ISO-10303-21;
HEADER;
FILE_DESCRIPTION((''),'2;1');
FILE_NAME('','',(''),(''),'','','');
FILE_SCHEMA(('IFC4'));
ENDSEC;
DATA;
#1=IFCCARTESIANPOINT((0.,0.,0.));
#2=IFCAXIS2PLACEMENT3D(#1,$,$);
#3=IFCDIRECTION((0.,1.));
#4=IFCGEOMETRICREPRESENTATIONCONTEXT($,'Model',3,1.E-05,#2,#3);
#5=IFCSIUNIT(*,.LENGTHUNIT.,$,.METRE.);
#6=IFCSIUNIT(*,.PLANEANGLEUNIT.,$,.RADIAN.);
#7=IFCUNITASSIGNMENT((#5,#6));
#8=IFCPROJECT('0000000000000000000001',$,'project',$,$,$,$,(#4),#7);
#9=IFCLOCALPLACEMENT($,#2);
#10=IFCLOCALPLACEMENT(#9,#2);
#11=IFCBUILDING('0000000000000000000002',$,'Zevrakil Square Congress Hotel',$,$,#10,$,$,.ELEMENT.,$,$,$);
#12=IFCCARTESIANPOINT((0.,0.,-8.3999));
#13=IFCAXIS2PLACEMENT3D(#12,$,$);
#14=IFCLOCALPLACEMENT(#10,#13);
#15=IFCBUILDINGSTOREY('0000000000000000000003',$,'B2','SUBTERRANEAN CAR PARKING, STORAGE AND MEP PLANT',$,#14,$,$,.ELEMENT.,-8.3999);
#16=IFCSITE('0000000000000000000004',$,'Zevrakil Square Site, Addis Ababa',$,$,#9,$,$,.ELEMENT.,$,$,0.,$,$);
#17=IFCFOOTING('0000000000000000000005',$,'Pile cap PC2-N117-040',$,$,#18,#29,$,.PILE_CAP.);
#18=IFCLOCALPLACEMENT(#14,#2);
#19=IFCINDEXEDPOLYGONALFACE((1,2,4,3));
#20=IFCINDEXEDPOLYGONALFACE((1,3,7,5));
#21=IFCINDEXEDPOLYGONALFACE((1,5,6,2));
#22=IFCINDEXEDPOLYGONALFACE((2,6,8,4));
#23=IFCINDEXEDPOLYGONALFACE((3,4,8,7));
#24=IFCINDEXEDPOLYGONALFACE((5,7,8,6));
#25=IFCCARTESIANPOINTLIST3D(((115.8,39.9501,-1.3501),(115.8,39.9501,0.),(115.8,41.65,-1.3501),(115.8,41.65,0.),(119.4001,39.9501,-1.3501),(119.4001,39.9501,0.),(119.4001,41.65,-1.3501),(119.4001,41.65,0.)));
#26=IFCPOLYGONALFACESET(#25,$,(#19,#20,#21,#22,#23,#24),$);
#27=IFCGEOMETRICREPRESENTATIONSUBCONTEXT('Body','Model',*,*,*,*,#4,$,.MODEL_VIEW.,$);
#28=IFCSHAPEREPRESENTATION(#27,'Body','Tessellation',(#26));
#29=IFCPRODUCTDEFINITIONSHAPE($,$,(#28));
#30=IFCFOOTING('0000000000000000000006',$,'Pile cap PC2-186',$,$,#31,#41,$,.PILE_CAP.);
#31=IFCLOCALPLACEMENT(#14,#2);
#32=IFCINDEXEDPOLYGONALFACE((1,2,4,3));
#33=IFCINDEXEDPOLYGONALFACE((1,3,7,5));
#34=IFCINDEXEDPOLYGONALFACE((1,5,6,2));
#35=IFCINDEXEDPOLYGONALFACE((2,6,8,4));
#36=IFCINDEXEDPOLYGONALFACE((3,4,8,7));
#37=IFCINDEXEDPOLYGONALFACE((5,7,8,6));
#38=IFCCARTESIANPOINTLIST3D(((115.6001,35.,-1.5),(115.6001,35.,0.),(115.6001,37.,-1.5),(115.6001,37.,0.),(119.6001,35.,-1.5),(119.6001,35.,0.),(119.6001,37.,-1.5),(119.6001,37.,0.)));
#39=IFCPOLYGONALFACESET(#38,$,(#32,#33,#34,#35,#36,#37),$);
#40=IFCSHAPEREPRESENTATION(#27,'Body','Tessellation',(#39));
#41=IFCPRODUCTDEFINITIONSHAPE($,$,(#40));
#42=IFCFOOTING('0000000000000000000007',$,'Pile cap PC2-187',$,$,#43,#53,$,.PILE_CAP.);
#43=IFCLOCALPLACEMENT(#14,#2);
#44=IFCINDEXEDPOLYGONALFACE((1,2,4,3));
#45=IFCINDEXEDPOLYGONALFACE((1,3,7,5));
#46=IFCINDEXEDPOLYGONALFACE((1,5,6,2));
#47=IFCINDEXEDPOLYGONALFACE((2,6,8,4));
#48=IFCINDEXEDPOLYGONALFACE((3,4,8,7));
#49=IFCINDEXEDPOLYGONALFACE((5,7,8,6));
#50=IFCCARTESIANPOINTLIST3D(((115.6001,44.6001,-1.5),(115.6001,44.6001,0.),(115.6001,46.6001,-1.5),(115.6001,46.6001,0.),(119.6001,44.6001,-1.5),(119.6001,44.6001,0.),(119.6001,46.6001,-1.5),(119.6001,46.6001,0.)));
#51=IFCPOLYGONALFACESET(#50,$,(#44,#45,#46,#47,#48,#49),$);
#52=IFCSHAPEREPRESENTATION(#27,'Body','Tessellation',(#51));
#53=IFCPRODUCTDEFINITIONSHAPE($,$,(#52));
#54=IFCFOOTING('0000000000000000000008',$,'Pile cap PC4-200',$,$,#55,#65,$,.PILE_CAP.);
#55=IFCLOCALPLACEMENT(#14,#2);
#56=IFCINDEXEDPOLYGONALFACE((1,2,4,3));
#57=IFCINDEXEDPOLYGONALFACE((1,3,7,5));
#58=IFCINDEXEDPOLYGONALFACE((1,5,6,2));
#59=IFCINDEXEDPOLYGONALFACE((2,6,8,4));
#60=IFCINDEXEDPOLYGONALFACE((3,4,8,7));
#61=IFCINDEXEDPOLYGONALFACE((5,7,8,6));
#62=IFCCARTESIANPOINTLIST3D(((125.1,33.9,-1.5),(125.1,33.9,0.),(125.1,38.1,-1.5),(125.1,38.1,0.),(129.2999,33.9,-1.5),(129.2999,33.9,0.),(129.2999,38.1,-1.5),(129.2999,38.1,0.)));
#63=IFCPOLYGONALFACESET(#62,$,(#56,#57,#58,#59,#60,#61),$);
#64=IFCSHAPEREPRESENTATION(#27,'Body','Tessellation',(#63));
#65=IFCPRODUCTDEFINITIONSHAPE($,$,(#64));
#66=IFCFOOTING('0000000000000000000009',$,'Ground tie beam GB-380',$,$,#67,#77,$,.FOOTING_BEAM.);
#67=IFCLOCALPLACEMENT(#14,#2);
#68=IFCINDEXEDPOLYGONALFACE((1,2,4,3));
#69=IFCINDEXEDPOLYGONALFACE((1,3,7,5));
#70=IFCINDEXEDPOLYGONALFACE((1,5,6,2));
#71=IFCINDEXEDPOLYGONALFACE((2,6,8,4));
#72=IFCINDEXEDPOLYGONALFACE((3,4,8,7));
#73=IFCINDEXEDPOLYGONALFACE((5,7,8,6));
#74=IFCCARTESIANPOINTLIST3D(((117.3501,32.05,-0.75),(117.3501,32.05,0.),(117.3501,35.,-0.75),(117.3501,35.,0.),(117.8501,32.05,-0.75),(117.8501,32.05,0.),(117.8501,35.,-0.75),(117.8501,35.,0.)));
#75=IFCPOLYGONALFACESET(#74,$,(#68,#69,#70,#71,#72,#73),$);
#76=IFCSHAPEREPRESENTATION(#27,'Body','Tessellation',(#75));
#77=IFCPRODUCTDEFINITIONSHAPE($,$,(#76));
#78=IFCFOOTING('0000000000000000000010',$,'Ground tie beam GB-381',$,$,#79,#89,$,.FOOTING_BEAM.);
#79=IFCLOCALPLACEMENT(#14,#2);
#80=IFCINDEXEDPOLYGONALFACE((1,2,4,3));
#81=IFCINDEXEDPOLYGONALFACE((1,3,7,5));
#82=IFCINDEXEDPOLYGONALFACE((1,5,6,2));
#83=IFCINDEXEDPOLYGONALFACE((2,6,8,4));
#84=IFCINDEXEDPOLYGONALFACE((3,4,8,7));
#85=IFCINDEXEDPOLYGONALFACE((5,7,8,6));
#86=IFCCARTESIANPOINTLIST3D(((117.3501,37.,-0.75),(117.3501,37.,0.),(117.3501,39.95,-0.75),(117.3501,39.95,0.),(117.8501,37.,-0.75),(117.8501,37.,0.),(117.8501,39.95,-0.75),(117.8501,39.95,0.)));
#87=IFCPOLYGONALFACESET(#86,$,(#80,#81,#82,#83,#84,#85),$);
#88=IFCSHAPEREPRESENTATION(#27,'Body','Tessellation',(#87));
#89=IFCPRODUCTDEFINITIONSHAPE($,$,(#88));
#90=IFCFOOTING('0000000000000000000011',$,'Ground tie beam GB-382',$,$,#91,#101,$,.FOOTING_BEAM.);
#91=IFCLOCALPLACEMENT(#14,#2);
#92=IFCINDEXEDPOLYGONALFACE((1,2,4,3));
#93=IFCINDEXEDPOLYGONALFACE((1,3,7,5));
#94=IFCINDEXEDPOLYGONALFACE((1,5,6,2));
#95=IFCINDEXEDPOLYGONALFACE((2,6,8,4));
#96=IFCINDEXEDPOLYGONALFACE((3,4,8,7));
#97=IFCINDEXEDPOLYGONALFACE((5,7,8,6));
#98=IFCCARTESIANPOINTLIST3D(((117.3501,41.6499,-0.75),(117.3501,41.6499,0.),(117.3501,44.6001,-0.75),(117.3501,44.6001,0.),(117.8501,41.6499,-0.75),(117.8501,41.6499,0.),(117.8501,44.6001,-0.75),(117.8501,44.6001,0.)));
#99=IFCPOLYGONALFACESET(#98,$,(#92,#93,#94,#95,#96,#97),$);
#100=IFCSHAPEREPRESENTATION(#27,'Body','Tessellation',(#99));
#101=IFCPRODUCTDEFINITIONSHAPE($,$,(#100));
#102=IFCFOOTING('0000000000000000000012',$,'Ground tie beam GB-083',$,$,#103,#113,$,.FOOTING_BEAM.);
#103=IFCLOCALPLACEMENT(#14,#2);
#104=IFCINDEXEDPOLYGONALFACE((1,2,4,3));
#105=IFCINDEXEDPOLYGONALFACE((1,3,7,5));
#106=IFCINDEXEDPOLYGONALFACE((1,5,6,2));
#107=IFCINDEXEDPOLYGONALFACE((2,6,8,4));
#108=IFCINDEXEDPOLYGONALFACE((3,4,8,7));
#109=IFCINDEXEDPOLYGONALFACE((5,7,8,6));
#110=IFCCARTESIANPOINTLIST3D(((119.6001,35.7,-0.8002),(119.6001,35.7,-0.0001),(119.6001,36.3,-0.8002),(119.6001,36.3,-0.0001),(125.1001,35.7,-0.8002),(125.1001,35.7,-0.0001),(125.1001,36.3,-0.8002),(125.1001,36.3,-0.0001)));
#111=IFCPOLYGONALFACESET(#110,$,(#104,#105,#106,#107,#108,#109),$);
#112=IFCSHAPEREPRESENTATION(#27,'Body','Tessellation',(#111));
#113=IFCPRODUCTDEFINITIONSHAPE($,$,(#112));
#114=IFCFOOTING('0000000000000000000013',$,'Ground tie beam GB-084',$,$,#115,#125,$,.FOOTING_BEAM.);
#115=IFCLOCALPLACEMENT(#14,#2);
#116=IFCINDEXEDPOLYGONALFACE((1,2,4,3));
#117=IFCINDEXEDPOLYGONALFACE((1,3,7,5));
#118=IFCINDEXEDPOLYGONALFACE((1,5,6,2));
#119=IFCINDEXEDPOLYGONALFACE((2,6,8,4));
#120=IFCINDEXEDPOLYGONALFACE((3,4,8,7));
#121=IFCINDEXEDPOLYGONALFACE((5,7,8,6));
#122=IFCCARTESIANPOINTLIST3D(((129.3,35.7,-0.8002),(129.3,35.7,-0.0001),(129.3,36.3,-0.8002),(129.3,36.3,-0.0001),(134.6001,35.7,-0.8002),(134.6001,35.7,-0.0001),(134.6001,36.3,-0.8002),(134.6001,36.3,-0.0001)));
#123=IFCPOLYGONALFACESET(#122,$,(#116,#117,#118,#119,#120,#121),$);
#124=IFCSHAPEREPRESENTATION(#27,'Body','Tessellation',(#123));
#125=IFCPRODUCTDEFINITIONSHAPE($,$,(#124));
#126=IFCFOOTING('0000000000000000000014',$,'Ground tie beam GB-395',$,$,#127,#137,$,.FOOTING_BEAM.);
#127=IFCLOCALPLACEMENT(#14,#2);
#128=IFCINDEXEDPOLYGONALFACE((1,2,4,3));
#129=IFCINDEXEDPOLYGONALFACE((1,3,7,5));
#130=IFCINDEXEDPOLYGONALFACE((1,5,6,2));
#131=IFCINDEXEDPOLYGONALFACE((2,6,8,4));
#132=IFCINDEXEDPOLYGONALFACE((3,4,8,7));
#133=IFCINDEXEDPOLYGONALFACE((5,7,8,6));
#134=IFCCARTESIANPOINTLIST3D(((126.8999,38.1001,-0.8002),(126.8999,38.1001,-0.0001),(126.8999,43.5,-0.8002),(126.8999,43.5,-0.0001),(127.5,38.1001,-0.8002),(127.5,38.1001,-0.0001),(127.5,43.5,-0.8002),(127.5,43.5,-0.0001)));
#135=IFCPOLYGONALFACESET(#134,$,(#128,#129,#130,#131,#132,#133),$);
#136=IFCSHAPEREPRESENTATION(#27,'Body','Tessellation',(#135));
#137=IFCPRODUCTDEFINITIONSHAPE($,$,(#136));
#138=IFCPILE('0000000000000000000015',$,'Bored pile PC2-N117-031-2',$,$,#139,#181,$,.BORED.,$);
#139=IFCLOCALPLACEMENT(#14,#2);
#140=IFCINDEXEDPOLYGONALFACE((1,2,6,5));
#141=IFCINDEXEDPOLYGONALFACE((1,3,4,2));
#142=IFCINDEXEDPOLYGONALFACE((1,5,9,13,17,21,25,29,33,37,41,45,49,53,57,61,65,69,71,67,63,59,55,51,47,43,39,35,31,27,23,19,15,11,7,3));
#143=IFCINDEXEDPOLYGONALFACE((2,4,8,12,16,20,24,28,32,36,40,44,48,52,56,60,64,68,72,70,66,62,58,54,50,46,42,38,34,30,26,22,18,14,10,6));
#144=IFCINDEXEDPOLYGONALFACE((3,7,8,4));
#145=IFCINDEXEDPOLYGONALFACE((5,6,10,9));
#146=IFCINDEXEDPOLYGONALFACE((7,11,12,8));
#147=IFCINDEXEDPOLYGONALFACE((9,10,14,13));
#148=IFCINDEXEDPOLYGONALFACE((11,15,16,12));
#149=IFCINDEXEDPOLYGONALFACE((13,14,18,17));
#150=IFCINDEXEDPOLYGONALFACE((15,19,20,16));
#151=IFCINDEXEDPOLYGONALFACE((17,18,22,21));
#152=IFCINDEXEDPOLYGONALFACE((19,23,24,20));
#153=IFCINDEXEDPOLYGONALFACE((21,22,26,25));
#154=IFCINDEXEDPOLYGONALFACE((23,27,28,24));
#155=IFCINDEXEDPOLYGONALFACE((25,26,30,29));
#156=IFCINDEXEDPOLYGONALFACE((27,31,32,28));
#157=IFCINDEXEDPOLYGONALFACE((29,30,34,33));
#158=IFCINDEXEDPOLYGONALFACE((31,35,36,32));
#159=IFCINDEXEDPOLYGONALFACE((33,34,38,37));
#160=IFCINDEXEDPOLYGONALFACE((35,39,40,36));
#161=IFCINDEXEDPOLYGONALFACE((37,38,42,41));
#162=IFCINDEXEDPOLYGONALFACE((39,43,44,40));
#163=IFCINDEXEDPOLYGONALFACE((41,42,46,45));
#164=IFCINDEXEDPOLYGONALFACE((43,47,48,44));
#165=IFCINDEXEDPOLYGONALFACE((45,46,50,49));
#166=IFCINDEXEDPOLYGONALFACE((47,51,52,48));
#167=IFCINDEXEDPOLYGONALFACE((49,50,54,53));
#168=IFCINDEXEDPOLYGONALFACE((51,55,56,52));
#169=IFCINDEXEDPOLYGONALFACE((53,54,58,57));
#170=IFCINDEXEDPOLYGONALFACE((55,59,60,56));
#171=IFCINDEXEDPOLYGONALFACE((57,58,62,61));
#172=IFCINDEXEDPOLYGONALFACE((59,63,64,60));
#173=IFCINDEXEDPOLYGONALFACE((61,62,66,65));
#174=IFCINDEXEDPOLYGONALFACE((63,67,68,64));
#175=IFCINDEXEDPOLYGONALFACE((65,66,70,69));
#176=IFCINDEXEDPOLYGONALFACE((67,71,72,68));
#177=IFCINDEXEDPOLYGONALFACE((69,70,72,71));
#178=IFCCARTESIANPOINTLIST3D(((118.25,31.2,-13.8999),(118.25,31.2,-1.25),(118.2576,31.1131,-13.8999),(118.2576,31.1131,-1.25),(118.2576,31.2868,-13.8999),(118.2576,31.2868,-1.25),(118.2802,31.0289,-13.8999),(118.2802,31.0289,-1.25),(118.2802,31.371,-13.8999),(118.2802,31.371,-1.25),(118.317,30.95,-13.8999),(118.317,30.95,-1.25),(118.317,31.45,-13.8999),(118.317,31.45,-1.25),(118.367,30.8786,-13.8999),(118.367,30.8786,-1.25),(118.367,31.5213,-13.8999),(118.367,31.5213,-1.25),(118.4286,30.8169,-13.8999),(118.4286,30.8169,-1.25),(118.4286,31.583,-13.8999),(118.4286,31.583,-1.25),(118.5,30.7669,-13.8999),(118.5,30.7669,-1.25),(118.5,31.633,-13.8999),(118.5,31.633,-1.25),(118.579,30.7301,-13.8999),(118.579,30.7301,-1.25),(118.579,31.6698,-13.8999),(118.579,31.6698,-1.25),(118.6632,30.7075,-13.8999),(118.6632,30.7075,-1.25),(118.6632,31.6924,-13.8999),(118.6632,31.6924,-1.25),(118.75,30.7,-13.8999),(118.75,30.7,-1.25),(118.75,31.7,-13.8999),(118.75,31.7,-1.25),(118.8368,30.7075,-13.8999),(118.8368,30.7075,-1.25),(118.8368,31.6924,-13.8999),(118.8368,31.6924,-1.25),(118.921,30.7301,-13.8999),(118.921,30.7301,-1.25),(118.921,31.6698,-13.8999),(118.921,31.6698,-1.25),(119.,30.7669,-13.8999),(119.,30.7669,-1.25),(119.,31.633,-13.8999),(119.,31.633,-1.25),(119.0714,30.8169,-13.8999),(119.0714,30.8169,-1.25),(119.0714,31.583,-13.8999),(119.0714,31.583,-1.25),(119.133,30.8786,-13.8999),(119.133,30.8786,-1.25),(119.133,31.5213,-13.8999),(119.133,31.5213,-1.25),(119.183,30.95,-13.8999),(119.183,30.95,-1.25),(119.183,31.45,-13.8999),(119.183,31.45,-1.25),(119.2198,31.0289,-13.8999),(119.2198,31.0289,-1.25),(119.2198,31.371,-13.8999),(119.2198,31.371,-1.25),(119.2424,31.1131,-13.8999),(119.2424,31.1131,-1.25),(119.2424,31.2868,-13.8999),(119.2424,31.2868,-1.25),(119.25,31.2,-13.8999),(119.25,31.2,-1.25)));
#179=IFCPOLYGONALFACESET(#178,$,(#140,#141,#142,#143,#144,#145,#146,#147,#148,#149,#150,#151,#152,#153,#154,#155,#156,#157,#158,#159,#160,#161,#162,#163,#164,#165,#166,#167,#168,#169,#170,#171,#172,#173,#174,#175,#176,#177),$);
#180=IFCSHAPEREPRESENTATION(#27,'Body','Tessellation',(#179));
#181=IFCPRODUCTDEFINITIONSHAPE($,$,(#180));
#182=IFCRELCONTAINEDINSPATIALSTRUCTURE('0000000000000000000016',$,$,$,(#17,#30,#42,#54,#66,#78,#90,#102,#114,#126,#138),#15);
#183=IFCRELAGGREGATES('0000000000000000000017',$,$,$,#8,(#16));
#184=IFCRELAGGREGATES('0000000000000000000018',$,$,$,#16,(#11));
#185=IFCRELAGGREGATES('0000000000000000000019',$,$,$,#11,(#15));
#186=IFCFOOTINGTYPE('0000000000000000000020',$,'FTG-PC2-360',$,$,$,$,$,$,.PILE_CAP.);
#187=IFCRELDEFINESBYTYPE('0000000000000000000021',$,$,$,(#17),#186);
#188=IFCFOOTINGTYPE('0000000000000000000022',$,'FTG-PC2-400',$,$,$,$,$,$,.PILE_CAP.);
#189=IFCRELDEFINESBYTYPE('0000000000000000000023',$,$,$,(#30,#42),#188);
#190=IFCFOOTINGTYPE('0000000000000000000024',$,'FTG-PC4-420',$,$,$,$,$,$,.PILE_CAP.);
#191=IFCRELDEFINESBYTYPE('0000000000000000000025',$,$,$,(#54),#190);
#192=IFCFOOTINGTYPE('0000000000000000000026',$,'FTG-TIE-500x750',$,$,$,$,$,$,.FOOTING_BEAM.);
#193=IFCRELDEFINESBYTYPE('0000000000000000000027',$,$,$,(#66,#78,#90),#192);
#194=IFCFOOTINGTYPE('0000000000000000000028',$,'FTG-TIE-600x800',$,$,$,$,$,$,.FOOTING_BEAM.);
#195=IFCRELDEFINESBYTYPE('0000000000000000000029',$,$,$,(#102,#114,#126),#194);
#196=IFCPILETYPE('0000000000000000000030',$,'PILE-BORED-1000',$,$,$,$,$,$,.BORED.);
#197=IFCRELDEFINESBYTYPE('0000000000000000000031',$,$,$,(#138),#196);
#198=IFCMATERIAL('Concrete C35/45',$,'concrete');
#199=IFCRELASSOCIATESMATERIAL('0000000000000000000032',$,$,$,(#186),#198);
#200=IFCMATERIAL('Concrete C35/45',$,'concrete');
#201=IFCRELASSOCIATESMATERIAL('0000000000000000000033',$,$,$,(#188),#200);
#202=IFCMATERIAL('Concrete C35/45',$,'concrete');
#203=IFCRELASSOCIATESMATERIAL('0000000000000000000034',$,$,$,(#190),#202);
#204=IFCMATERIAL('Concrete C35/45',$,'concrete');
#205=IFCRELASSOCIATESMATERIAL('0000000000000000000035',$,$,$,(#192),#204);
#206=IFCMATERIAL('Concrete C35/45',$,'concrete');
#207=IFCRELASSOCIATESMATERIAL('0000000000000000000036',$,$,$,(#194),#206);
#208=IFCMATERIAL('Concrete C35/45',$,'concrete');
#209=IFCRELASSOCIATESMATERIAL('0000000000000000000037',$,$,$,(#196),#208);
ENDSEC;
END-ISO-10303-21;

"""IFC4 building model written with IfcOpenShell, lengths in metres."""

from ifc_helpers import new_model, si_unit, direction, frame, origin, origin_2d, place, context, subcontext, project, spatial, rectangle, circle, extrude, material, material_profile, profile_set, type_object, element, save


model = new_model("IFC4")

# Units and contexts
model_context = context("Model", 3, precision=1e-05, world=origin(), true_north=direction((0.0, 1.0)))
body_context = subcontext(model_context, "Body", "Model", "MODEL_VIEW")
ifc_project = project(units=[si_unit("LENGTHUNIT", "METRE"), si_unit("PLANEANGLEUNIT", "RADIAN")], contexts=[model_context])

# Site, building, storey
site_placement = place(None, origin())
site = spatial("IfcSite", under=ifc_project, at=site_placement, Name="Zevrakil Square Site, Addis Ababa", CompositionType="ELEMENT", RefElevation=0.0)
building_placement = place(site_placement, origin())
building = spatial("IfcBuilding", under=site, at=building_placement, Name="Zevrakil Square Congress Hotel", CompositionType="ELEMENT")
storey_placement = place(building_placement, frame((0.0, 0.0, -8.3999)))
storey = spatial("IfcBuildingStorey", under=building, at=storey_placement, Name="B2", Description="SUBTERRANEAN CAR PARKING, STORAGE AND MEP PLANT", CompositionType="ELEMENT", Elevation=-8.3999)

# Footings
ifc_material_1 = material(Name="Concrete C35/45", Category="concrete")
footing_type_1 = type_object("IfcFootingType", Name="FTG-PC2-360", PredefinedType="PILE_CAP", material=ifc_material_1)
footing_1_placement = place(storey_placement, frame((117.6001, 40.8, -1.3501), z_axis=(0.0, 0.0, 1.0), x_axis=(1.0, 0.0, 0.0)))
element("IfcFooting", 1, at=footing_1_placement, inside=storey, type_object=footing_type_1, Name="Pile cap PC2-N117-040", PredefinedType="PILE_CAP", context=body_context, shape_type="SweptSolid", body=[
    extrude(rectangle(XDim=3.6001, YDim=1.7, at=origin_2d()), origin(), (0.0, 0.0, 1.0), 1.3501),
])
ifc_material_2 = material(Name="Concrete C35/45", Category="concrete")
footing_type_2 = type_object("IfcFootingType", Name="FTG-PC2-400", PredefinedType="PILE_CAP", material=ifc_material_2)
for number, where, z_axis, x_axis, name in (
    (2, (117.6001, 36.0, -1.5), (0.0, 0.0, 1.0), (1.0, 0.0, 0.0), "Pile cap PC2-186"),
    (3, (117.6001, 45.6001, -1.5), (0.0, 0.0, 1.0), (1.0, 0.0, 0.0), "Pile cap PC2-187"),
):
    element("IfcFooting", number, at=place(storey_placement, frame(where, z_axis=z_axis, x_axis=x_axis)), inside=storey, type_object=footing_type_2, Name=name, PredefinedType="PILE_CAP", context=body_context, shape_type="SweptSolid", body=[
        extrude(rectangle(XDim=4.0, YDim=2.0, at=origin_2d()), origin(), (0.0, 0.0, 1.0), 1.5),
    ])
ifc_material_3 = material(Name="Concrete C35/45", Category="concrete")
footing_type_3 = type_object("IfcFootingType", Name="FTG-PC4-420", PredefinedType="PILE_CAP", material=ifc_material_3)
footing_2_placement = place(storey_placement, frame((127.2, 36.0, -1.5), z_axis=(0.0, 0.0, 1.0), x_axis=(1.0, 0.0, 0.0)))
element("IfcFooting", 4, at=footing_2_placement, inside=storey, type_object=footing_type_3, Name="Pile cap PC4-200", PredefinedType="PILE_CAP", context=body_context, shape_type="SweptSolid", body=[
    extrude(rectangle(XDim=4.2, YDim=4.2, at=origin_2d()), origin(), (0.0, 0.0, 1.0), 1.5),
])
ifc_material_4 = material(Name="Concrete C35/45", Category="concrete")
ifc_material_profile_1 = material_profile(ifc_material_4, rectangle(XDim=0.5, YDim=0.75, at=origin_2d()), Name="RC 500x750")
ifc_profile_set_1 = profile_set([ifc_material_profile_1], Name="Concrete C35/45")
footing_type_4 = type_object("IfcFootingType", Name="FTG-TIE-500x750", PredefinedType="FOOTING_BEAM", material=ifc_profile_set_1)
for number, where, z_axis, x_axis, name in (
    (5, (117.6001, 32.05, -0.375), (0.0, 1.0, 0.0), (-1.0, 0.0, 0.0), "Ground tie beam GB-380"),
    (6, (117.6001, 37.0, -0.375), (0.0, 1.0, 0.0), (-1.0, 0.0, 0.0), "Ground tie beam GB-381"),
):
    element("IfcFooting", number, at=place(storey_placement, frame(where, z_axis=z_axis, x_axis=x_axis)), inside=storey, type_object=footing_type_4, Name=name, PredefinedType="FOOTING_BEAM", context=body_context, shape_type="SweptSolid", body=[
        extrude(rectangle(XDim=0.5, YDim=0.75, at=origin_2d()), origin(), (0.0, 0.0, 1.0), 2.95),
    ])
footing_3_placement = place(storey_placement, frame((117.6001, 41.6499, -0.375), z_axis=(0.0, 1.0, 0.0), x_axis=(-1.0, 0.0, 0.0)))
element("IfcFooting", 7, at=footing_3_placement, inside=storey, type_object=footing_type_4, Name="Ground tie beam GB-382", PredefinedType="FOOTING_BEAM", context=body_context, shape_type="SweptSolid", body=[
    extrude(rectangle(XDim=0.5, YDim=0.75, at=origin_2d()), origin(), (0.0, 0.0, 1.0), 2.9502),
])
ifc_material_5 = material(Name="Concrete C35/45", Category="concrete")
ifc_material_profile_2 = material_profile(ifc_material_5, rectangle(XDim=0.6001, YDim=0.8, at=origin_2d()), Name="RC 600x800")
ifc_profile_set_2 = profile_set([ifc_material_profile_2], Name="Concrete C35/45")
footing_type_5 = type_object("IfcFootingType", Name="FTG-TIE-600x800", PredefinedType="FOOTING_BEAM", material=ifc_profile_set_2)
footing_4_placement = place(storey_placement, frame((119.6001, 36.0, -0.4001), z_axis=(1.0, 0.0, 0.0), x_axis=(0.0, 1.0, 0.0)))
element("IfcFooting", 8, at=footing_4_placement, inside=storey, type_object=footing_type_5, Name="Ground tie beam GB-083", PredefinedType="FOOTING_BEAM", context=body_context, shape_type="SweptSolid", body=[
    extrude(rectangle(XDim=0.6001, YDim=0.8, at=origin_2d()), origin(), (0.0, 0.0, 1.0), 5.5),
])
footing_5_placement = place(storey_placement, frame((129.3, 36.0, -0.4001), z_axis=(1.0, 0.0, 0.0), x_axis=(0.0, 1.0, 0.0)))
element("IfcFooting", 9, at=footing_5_placement, inside=storey, type_object=footing_type_5, Name="Ground tie beam GB-084", PredefinedType="FOOTING_BEAM", context=body_context, shape_type="SweptSolid", body=[
    extrude(rectangle(XDim=0.6001, YDim=0.8, at=origin_2d()), origin(), (0.0, 0.0, 1.0), 5.3),
])
footing_6_placement = place(storey_placement, frame((127.2, 38.1001, -0.4001), z_axis=(0.0, 1.0, 0.0), x_axis=(-1.0, 0.0, 0.0)))
element("IfcFooting", 10, at=footing_6_placement, inside=storey, type_object=footing_type_5, Name="Ground tie beam GB-395", PredefinedType="FOOTING_BEAM", context=body_context, shape_type="SweptSolid", body=[
    extrude(rectangle(XDim=0.6001, YDim=0.8, at=origin_2d()), origin(), (0.0, 0.0, 1.0), 5.3999),
])

# Pile
ifc_material_6 = material(Name="Concrete C35/45", Category="concrete")
ifc_material_profile_3 = material_profile(ifc_material_6, circle(Radius=0.5, at=origin_2d()), Name="PILE D1000")
ifc_profile_set_3 = profile_set([ifc_material_profile_3], Name="Concrete C35/45")
pile_type_1 = type_object("IfcPileType", Name="PILE-BORED-1000", PredefinedType="BORED", material=ifc_profile_set_3)
pile_1_placement = place(storey_placement, frame((118.75, 31.2, -1.25), z_axis=(0.0, 0.0, -1.0), x_axis=(1.0, 0.0, 0.0)))
element("IfcPile", 11, at=pile_1_placement, inside=storey, type_object=pile_type_1, Name="Bored pile PC2-N117-031-2", PredefinedType="BORED", context=body_context, shape_type="SweptSolid", body=[
    extrude(circle(Radius=0.5, at=origin_2d()), origin(), (0.0, 0.0, 1.0), 12.6499),
])

save(model, "model.ifc")
